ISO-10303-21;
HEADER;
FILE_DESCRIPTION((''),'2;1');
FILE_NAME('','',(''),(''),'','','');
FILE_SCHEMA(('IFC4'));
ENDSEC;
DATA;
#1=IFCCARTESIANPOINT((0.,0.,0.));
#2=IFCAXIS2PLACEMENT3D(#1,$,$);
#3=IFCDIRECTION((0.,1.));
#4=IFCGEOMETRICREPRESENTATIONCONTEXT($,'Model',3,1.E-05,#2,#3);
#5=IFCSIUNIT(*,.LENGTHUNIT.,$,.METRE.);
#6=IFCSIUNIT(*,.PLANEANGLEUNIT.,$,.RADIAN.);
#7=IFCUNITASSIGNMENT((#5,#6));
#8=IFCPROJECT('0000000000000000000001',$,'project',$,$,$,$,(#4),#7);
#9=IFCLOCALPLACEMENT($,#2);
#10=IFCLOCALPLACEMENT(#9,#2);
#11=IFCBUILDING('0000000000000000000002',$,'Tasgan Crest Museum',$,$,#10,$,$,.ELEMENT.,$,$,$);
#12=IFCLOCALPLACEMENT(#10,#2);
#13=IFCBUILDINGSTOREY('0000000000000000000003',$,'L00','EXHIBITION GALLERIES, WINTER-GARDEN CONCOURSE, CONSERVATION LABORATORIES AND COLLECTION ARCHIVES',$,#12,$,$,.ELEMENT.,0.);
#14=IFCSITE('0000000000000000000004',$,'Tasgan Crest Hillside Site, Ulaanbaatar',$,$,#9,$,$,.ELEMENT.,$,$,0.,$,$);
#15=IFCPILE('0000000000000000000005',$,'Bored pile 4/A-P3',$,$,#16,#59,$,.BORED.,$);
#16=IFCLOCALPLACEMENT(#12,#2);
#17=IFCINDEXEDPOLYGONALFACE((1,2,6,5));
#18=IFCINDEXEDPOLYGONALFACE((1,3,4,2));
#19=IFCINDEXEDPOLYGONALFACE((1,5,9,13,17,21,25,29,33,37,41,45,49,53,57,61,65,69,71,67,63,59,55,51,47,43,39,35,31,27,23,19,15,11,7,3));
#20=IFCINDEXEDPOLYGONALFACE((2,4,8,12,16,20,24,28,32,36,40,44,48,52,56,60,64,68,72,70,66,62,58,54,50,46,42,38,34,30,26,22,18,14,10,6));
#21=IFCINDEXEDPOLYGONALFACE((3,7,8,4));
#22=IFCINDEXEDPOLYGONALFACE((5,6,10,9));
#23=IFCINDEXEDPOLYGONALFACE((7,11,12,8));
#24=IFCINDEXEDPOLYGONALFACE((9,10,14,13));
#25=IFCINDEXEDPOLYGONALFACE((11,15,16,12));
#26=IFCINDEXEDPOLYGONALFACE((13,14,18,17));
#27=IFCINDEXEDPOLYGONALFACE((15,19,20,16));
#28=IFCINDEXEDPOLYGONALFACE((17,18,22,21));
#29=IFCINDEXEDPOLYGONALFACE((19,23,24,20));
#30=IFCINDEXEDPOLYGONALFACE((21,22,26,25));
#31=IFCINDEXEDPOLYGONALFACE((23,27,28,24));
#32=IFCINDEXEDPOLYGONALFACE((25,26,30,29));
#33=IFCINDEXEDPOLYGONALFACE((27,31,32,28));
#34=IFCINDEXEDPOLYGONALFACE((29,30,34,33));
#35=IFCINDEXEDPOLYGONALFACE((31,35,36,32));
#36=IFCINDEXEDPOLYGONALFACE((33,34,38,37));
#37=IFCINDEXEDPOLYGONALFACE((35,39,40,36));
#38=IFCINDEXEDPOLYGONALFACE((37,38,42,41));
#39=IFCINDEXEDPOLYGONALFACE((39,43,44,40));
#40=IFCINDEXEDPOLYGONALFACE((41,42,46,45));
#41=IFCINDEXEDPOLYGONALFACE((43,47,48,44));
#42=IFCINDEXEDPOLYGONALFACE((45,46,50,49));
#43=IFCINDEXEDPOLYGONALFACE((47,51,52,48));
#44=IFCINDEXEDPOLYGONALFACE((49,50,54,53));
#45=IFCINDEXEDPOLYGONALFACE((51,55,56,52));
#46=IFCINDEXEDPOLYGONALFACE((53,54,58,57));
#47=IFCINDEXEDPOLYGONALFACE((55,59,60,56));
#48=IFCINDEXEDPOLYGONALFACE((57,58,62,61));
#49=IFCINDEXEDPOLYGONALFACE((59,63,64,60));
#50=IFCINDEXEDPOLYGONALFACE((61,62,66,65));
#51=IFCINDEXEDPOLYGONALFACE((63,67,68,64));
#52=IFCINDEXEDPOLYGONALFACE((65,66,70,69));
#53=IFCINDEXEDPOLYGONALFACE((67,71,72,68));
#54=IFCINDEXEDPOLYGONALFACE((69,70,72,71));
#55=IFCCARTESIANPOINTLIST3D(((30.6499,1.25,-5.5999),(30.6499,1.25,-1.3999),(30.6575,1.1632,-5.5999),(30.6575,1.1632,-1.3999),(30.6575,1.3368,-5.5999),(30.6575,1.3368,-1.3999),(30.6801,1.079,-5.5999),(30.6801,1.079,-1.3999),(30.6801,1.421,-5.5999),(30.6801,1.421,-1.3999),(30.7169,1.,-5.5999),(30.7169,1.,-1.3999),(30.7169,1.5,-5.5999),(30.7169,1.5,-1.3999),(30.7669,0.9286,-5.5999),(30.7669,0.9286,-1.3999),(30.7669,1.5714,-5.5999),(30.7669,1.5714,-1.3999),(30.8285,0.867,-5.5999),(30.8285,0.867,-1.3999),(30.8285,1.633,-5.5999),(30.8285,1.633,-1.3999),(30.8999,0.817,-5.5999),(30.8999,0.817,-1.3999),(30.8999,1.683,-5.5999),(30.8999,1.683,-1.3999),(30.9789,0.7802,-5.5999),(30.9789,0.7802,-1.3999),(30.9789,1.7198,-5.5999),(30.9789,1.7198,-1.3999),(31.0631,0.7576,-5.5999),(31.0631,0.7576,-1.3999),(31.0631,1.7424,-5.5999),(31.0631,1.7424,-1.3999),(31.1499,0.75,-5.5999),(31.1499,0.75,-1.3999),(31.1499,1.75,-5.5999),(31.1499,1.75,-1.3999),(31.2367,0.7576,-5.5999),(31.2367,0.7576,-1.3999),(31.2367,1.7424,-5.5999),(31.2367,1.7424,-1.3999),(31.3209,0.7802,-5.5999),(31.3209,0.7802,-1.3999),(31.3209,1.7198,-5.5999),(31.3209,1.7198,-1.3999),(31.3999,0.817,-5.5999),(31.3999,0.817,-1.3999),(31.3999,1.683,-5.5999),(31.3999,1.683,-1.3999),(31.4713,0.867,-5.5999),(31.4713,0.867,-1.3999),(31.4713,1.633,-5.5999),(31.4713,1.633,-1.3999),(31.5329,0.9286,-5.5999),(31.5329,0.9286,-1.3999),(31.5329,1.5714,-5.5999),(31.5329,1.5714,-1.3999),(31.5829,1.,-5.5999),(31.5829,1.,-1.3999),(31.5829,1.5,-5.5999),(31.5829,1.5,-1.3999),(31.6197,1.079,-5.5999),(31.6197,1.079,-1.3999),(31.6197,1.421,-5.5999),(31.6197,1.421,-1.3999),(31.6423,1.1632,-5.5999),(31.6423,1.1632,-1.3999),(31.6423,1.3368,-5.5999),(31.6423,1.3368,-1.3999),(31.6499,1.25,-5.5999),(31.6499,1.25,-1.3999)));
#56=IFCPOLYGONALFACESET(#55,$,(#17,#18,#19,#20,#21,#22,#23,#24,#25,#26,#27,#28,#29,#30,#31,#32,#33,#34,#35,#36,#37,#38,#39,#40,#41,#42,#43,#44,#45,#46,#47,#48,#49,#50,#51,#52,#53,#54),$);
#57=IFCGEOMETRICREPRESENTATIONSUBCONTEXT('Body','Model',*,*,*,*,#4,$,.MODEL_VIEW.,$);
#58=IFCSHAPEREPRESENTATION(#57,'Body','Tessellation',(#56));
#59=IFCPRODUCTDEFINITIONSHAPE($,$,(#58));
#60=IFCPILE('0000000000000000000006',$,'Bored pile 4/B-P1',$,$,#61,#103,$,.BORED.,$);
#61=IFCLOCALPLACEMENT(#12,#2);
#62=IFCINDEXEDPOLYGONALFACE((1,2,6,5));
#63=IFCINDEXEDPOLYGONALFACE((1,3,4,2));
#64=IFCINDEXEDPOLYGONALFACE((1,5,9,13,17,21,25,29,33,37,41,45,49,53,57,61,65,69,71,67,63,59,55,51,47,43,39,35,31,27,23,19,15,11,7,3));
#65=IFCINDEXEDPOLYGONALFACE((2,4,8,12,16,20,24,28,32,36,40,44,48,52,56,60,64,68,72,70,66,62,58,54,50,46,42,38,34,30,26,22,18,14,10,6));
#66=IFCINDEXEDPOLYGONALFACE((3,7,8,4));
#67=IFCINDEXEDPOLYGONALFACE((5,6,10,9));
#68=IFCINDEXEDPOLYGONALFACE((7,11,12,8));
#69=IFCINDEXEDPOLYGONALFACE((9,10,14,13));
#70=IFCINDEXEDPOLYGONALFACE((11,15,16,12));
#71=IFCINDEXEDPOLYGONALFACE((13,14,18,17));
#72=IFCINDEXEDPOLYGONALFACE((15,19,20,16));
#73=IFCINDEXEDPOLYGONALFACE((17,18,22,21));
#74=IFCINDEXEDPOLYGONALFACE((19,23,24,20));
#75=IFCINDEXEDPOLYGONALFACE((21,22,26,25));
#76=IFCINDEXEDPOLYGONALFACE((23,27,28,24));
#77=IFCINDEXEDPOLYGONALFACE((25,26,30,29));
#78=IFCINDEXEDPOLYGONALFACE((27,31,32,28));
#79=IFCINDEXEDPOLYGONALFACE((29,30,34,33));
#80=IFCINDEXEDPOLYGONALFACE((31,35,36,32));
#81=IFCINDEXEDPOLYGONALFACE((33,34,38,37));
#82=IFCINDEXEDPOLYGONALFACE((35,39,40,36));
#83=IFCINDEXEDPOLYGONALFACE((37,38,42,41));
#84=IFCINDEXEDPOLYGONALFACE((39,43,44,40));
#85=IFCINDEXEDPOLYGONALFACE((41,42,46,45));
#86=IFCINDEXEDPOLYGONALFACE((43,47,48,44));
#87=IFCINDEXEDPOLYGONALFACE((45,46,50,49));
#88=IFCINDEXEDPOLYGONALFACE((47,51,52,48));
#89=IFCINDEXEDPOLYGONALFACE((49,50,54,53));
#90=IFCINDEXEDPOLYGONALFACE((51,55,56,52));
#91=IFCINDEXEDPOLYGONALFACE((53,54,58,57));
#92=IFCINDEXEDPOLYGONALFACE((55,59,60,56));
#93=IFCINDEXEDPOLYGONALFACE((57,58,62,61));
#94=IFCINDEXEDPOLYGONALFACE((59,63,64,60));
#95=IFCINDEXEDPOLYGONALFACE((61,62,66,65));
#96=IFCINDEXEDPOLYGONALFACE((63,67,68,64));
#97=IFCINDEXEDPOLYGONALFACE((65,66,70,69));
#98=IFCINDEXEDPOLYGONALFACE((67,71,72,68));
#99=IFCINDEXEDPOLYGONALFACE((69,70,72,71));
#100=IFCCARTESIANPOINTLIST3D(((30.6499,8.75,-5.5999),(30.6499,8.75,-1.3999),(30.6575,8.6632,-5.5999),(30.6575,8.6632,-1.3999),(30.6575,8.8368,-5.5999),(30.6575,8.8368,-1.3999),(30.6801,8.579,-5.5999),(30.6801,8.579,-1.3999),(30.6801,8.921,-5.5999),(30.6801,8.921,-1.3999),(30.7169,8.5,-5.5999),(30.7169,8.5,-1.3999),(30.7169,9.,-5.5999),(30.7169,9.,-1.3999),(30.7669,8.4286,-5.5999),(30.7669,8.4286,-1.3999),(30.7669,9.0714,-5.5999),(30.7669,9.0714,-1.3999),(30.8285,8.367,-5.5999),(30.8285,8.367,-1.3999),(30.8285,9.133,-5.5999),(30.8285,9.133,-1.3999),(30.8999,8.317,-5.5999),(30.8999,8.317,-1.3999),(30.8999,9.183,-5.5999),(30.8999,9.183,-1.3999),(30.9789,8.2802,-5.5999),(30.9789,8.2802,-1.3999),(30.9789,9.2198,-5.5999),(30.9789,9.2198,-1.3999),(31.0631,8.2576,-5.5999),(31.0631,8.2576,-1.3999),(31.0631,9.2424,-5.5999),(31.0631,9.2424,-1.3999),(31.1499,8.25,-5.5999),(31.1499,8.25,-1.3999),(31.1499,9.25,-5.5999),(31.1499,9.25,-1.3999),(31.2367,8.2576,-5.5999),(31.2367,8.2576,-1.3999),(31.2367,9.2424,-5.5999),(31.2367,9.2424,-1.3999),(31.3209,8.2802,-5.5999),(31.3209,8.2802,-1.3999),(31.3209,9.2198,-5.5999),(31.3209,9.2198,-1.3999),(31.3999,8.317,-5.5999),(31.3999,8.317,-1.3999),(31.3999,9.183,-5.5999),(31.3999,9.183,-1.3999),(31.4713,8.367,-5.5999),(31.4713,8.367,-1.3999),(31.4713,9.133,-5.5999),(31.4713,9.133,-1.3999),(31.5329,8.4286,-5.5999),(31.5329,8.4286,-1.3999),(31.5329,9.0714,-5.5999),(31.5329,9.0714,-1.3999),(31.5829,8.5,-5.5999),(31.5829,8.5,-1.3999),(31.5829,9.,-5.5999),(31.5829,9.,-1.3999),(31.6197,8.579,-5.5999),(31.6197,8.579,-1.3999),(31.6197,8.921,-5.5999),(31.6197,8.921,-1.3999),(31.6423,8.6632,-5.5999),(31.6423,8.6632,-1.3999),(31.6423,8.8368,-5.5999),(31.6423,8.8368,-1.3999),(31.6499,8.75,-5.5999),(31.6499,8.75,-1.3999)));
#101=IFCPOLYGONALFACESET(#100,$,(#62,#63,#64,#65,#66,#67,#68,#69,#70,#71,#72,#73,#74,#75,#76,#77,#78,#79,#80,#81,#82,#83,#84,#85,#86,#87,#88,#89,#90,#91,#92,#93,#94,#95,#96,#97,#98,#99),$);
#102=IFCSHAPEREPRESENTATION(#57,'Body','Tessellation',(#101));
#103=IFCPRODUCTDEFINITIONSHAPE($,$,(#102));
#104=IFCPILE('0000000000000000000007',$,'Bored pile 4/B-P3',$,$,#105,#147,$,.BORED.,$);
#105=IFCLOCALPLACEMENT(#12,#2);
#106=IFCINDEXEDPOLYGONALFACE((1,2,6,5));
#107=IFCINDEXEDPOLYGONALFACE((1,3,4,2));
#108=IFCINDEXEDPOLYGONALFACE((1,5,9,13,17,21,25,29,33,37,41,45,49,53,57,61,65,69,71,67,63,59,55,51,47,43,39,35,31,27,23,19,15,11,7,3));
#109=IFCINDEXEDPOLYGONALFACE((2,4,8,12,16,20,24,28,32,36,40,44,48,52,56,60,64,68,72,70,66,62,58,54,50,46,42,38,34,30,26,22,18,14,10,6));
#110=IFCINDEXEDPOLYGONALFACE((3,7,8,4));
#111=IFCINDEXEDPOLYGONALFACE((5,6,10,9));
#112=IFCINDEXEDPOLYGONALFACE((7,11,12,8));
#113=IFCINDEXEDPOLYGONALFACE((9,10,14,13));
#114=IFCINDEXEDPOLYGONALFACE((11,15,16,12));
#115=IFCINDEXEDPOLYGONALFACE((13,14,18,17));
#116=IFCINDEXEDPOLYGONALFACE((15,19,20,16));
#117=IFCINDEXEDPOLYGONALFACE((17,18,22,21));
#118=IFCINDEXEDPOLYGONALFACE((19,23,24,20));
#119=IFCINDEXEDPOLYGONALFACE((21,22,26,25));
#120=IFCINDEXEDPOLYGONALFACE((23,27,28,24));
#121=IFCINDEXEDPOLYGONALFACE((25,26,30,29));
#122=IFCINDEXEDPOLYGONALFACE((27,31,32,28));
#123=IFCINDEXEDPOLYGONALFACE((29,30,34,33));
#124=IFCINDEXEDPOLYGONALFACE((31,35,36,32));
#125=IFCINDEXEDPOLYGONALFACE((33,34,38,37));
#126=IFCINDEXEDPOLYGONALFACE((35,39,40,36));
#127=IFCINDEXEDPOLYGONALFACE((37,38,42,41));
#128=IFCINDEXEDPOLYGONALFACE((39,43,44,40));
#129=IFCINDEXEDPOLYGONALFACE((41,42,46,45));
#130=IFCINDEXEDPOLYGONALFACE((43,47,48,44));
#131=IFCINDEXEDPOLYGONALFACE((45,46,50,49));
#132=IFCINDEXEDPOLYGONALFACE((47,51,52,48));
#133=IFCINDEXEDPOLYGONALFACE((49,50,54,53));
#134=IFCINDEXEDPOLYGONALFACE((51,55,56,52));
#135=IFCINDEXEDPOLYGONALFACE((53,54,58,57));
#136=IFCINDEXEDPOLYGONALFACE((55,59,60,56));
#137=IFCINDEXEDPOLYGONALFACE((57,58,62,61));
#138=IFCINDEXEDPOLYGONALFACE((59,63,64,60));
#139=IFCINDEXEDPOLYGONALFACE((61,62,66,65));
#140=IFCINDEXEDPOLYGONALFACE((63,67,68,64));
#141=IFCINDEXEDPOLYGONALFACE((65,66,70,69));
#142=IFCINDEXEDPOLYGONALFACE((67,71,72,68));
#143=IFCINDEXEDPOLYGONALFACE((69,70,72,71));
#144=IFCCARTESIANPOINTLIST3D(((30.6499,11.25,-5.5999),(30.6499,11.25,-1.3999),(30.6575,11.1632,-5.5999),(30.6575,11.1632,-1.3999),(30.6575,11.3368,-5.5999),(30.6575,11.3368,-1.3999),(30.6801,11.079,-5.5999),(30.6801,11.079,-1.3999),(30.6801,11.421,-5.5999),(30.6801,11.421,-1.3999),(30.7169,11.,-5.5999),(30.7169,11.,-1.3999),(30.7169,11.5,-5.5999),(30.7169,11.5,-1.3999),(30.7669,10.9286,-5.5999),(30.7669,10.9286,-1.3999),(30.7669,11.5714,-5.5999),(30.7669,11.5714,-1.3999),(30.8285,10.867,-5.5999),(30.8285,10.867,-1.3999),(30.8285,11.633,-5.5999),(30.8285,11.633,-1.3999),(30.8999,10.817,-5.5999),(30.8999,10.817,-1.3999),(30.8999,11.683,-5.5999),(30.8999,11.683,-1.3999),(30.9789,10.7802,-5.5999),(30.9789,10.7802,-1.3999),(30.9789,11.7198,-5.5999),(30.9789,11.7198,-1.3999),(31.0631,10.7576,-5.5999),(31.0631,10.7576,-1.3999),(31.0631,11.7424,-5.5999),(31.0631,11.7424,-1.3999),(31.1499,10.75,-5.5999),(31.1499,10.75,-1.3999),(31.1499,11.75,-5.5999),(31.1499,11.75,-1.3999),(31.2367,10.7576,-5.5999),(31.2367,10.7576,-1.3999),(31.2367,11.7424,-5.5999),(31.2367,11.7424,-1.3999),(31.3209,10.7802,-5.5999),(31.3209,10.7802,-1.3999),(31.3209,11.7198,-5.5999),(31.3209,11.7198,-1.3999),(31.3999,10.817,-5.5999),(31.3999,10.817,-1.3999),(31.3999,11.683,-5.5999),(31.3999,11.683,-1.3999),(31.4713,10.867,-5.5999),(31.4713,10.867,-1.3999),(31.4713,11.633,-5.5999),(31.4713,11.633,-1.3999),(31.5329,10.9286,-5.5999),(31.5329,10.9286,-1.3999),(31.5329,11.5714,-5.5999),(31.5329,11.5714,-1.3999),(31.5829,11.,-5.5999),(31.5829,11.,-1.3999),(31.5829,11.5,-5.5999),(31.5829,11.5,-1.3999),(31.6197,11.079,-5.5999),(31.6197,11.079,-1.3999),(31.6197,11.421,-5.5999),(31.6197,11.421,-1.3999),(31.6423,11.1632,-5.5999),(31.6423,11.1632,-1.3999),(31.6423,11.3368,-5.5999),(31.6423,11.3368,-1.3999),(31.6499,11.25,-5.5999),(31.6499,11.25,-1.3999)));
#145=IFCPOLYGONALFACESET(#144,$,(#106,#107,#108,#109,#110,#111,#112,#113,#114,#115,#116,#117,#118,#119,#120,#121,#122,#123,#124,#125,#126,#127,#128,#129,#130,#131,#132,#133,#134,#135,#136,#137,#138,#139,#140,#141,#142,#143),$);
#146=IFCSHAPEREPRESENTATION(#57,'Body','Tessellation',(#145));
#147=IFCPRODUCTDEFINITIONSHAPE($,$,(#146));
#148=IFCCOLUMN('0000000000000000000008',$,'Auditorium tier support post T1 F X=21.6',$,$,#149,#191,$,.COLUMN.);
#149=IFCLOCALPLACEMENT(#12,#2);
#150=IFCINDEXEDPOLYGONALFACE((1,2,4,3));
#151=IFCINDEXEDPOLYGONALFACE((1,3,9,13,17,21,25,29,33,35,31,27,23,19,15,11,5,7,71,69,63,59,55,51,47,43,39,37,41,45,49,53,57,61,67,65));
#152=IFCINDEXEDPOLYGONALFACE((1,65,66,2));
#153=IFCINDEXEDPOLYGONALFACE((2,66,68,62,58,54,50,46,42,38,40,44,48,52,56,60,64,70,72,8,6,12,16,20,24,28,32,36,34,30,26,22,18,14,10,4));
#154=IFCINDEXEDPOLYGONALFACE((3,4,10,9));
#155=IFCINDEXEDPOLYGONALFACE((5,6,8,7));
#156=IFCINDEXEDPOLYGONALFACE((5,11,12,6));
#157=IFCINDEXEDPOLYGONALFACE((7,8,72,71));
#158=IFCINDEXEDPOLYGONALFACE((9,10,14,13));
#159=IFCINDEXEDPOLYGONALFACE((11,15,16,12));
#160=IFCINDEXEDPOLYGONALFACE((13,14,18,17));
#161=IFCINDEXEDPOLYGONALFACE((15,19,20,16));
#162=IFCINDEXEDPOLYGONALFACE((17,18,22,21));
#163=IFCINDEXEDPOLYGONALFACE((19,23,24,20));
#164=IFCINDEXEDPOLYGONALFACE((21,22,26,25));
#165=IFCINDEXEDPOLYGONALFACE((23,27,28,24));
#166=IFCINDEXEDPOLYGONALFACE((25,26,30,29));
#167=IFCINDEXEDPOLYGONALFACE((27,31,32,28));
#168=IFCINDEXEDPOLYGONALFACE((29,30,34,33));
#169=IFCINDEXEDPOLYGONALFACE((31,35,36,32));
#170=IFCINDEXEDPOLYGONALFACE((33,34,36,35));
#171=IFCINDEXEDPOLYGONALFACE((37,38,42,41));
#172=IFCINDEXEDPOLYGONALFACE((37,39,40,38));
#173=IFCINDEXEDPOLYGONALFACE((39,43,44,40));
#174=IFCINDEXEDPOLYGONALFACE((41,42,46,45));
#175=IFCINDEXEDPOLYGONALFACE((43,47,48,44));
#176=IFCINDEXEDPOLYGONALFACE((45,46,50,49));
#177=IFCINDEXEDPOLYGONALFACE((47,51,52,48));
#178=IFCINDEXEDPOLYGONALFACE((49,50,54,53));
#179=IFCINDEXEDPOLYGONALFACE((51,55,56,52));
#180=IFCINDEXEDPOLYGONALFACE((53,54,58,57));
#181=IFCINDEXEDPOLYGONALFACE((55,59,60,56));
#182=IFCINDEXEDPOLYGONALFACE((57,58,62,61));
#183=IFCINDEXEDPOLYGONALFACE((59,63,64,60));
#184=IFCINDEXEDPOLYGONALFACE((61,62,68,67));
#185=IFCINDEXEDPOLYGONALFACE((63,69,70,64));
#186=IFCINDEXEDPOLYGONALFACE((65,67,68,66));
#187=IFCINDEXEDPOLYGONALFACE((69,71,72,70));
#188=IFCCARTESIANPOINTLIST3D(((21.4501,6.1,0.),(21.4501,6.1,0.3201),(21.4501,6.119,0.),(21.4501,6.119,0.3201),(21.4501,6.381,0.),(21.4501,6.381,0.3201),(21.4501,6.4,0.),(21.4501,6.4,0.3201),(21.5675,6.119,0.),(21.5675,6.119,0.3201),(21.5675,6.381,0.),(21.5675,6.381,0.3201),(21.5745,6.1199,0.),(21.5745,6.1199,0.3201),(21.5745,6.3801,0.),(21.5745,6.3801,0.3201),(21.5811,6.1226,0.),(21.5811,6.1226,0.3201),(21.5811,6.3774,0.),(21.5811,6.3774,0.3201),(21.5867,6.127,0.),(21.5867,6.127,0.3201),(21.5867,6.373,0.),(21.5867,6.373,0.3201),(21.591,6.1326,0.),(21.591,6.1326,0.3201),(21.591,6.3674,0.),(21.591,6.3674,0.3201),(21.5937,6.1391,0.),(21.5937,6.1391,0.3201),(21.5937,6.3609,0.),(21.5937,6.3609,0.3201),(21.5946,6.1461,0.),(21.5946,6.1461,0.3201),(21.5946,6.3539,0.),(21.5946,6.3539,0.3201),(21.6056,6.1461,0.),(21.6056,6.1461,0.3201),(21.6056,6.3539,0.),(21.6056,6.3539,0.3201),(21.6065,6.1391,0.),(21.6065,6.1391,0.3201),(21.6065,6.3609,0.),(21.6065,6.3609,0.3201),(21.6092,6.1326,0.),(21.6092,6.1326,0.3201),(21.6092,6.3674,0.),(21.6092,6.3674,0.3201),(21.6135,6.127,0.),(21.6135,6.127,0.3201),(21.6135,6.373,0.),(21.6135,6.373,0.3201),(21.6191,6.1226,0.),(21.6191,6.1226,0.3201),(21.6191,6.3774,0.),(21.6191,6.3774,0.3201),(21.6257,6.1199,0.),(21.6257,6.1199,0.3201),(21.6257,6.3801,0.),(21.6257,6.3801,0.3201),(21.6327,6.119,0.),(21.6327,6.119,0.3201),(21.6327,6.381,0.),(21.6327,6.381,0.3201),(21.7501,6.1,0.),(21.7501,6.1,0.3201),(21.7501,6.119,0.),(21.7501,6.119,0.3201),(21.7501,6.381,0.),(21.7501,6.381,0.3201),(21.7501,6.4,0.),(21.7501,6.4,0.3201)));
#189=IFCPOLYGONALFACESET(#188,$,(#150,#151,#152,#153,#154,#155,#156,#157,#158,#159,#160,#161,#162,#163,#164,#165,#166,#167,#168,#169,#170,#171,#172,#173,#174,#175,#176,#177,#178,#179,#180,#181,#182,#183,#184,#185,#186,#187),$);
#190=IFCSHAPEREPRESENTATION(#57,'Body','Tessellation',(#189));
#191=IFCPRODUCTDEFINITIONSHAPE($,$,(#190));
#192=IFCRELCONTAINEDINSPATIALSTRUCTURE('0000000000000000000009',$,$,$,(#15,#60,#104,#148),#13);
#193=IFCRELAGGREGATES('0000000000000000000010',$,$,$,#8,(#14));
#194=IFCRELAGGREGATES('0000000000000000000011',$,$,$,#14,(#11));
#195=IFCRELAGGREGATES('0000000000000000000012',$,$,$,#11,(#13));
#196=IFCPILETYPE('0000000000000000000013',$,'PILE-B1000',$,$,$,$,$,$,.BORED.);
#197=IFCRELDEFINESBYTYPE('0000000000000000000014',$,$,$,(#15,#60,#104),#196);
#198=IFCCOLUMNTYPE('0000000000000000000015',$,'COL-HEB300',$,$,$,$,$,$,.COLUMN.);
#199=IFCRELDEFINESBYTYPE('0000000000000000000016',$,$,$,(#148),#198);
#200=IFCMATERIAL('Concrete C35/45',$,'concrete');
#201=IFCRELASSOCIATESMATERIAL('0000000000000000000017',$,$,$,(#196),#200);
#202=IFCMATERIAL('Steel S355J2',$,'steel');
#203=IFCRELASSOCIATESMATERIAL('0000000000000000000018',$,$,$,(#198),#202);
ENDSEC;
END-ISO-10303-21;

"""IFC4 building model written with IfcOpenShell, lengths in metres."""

from ifc_helpers import new_model, si_unit, direction, frame, origin, origin_2d, place, context, subcontext, project, spatial, circle, i_section, extrude, material, material_profile, profile_set, type_object, element, save


model = new_model("IFC4")

# Units and contexts
model_context = context("Model", 3, precision=1e-05, world=origin(), true_north=direction((0.0, 1.0)))
body_context = subcontext(model_context, "Body", "Model", "MODEL_VIEW")
ifc_project = project(units=[si_unit("LENGTHUNIT", "METRE"), si_unit("PLANEANGLEUNIT", "RADIAN")], contexts=[model_context])

# Site, building, storey
site_placement = place(None, origin())
site = spatial("IfcSite", under=ifc_project, at=site_placement, Name="Tasgan Crest Hillside Site, Ulaanbaatar", CompositionType="ELEMENT", RefElevation=0.0)
building_placement = place(site_placement, origin())
building = spatial("IfcBuilding", under=site, at=building_placement, Name="Tasgan Crest Museum", CompositionType="ELEMENT")
storey_placement = place(building_placement, origin())
storey = spatial("IfcBuildingStorey", under=building, at=storey_placement, Name="L00", Description="EXHIBITION GALLERIES, WINTER-GARDEN CONCOURSE, CONSERVATION LABORATORIES AND COLLECTION ARCHIVES", CompositionType="ELEMENT", Elevation=0.0)

# Piles
ifc_material_1 = material(Name="Concrete C35/45", Category="concrete")
ifc_material_profile_1 = material_profile(ifc_material_1, circle(Radius=0.5, at=origin_2d()), Name="PILE D1000")
ifc_profile_set_1 = profile_set([ifc_material_profile_1], Name="Concrete C35/45")
pile_type = type_object("IfcPileType", Name="PILE-B1000", PredefinedType="BORED", material=ifc_profile_set_1)
for number, where, z_axis, x_axis, name in (
    (1, (31.1499, 1.25, -1.3999), (0.0, 0.0, -1.0), (1.0, 0.0, 0.0), "Bored pile 4/A-P3"),
    (2, (31.1499, 8.75, -1.3999), (0.0, 0.0, -1.0), (1.0, 0.0, 0.0), "Bored pile 4/B-P1"),
    (3, (31.1499, 11.25, -1.3999), (0.0, 0.0, -1.0), (1.0, 0.0, 0.0), "Bored pile 4/B-P3"),
):
    element("IfcPile", number, at=place(storey_placement, frame(where, z_axis=z_axis, x_axis=x_axis)), inside=storey, type_object=pile_type, Name=name, PredefinedType="BORED", context=body_context, shape_type="SweptSolid", body=[
        extrude(circle(Radius=0.5, at=origin_2d()), origin(), (0.0, 0.0, 1.0), 4.2),
    ])

# Column
ifc_material_2 = material(Name="Steel S355J2", Category="steel")
ifc_material_profile_2 = material_profile(ifc_material_2, i_section(OverallWidth=0.3, OverallDepth=0.3, WebThickness=0.011, FlangeThickness=0.019, FilletRadius=0.0271, at=origin_2d()), Name="HEB 300")
ifc_profile_set_2 = profile_set([ifc_material_profile_2], Name="Steel S355J2")
column_type_1 = type_object("IfcColumnType", Name="COL-HEB300", PredefinedType="COLUMN", material=ifc_profile_set_2)
for number, where, z_axis, x_axis, name in (
    (4, (21.6001, 6.25, 0.0), (0.0, 0.0, 1.0), (1.0, 0.0, 0.0), "Auditorium tier support post T1 F X=21.6"),
):
    element("IfcColumn", number, at=place(storey_placement, frame(where, z_axis=z_axis, x_axis=x_axis)), inside=storey, type_object=column_type_1, Name=name, PredefinedType="COLUMN", context=body_context, shape_type="SweptSolid", body=[
        extrude(i_section(OverallWidth=0.3, OverallDepth=0.3, WebThickness=0.011, FlangeThickness=0.019, FilletRadius=0.0271, at=origin_2d()), origin(), (0.0, 0.0, 1.0), 0.3201),
    ])

save(model, "model.ifc")
